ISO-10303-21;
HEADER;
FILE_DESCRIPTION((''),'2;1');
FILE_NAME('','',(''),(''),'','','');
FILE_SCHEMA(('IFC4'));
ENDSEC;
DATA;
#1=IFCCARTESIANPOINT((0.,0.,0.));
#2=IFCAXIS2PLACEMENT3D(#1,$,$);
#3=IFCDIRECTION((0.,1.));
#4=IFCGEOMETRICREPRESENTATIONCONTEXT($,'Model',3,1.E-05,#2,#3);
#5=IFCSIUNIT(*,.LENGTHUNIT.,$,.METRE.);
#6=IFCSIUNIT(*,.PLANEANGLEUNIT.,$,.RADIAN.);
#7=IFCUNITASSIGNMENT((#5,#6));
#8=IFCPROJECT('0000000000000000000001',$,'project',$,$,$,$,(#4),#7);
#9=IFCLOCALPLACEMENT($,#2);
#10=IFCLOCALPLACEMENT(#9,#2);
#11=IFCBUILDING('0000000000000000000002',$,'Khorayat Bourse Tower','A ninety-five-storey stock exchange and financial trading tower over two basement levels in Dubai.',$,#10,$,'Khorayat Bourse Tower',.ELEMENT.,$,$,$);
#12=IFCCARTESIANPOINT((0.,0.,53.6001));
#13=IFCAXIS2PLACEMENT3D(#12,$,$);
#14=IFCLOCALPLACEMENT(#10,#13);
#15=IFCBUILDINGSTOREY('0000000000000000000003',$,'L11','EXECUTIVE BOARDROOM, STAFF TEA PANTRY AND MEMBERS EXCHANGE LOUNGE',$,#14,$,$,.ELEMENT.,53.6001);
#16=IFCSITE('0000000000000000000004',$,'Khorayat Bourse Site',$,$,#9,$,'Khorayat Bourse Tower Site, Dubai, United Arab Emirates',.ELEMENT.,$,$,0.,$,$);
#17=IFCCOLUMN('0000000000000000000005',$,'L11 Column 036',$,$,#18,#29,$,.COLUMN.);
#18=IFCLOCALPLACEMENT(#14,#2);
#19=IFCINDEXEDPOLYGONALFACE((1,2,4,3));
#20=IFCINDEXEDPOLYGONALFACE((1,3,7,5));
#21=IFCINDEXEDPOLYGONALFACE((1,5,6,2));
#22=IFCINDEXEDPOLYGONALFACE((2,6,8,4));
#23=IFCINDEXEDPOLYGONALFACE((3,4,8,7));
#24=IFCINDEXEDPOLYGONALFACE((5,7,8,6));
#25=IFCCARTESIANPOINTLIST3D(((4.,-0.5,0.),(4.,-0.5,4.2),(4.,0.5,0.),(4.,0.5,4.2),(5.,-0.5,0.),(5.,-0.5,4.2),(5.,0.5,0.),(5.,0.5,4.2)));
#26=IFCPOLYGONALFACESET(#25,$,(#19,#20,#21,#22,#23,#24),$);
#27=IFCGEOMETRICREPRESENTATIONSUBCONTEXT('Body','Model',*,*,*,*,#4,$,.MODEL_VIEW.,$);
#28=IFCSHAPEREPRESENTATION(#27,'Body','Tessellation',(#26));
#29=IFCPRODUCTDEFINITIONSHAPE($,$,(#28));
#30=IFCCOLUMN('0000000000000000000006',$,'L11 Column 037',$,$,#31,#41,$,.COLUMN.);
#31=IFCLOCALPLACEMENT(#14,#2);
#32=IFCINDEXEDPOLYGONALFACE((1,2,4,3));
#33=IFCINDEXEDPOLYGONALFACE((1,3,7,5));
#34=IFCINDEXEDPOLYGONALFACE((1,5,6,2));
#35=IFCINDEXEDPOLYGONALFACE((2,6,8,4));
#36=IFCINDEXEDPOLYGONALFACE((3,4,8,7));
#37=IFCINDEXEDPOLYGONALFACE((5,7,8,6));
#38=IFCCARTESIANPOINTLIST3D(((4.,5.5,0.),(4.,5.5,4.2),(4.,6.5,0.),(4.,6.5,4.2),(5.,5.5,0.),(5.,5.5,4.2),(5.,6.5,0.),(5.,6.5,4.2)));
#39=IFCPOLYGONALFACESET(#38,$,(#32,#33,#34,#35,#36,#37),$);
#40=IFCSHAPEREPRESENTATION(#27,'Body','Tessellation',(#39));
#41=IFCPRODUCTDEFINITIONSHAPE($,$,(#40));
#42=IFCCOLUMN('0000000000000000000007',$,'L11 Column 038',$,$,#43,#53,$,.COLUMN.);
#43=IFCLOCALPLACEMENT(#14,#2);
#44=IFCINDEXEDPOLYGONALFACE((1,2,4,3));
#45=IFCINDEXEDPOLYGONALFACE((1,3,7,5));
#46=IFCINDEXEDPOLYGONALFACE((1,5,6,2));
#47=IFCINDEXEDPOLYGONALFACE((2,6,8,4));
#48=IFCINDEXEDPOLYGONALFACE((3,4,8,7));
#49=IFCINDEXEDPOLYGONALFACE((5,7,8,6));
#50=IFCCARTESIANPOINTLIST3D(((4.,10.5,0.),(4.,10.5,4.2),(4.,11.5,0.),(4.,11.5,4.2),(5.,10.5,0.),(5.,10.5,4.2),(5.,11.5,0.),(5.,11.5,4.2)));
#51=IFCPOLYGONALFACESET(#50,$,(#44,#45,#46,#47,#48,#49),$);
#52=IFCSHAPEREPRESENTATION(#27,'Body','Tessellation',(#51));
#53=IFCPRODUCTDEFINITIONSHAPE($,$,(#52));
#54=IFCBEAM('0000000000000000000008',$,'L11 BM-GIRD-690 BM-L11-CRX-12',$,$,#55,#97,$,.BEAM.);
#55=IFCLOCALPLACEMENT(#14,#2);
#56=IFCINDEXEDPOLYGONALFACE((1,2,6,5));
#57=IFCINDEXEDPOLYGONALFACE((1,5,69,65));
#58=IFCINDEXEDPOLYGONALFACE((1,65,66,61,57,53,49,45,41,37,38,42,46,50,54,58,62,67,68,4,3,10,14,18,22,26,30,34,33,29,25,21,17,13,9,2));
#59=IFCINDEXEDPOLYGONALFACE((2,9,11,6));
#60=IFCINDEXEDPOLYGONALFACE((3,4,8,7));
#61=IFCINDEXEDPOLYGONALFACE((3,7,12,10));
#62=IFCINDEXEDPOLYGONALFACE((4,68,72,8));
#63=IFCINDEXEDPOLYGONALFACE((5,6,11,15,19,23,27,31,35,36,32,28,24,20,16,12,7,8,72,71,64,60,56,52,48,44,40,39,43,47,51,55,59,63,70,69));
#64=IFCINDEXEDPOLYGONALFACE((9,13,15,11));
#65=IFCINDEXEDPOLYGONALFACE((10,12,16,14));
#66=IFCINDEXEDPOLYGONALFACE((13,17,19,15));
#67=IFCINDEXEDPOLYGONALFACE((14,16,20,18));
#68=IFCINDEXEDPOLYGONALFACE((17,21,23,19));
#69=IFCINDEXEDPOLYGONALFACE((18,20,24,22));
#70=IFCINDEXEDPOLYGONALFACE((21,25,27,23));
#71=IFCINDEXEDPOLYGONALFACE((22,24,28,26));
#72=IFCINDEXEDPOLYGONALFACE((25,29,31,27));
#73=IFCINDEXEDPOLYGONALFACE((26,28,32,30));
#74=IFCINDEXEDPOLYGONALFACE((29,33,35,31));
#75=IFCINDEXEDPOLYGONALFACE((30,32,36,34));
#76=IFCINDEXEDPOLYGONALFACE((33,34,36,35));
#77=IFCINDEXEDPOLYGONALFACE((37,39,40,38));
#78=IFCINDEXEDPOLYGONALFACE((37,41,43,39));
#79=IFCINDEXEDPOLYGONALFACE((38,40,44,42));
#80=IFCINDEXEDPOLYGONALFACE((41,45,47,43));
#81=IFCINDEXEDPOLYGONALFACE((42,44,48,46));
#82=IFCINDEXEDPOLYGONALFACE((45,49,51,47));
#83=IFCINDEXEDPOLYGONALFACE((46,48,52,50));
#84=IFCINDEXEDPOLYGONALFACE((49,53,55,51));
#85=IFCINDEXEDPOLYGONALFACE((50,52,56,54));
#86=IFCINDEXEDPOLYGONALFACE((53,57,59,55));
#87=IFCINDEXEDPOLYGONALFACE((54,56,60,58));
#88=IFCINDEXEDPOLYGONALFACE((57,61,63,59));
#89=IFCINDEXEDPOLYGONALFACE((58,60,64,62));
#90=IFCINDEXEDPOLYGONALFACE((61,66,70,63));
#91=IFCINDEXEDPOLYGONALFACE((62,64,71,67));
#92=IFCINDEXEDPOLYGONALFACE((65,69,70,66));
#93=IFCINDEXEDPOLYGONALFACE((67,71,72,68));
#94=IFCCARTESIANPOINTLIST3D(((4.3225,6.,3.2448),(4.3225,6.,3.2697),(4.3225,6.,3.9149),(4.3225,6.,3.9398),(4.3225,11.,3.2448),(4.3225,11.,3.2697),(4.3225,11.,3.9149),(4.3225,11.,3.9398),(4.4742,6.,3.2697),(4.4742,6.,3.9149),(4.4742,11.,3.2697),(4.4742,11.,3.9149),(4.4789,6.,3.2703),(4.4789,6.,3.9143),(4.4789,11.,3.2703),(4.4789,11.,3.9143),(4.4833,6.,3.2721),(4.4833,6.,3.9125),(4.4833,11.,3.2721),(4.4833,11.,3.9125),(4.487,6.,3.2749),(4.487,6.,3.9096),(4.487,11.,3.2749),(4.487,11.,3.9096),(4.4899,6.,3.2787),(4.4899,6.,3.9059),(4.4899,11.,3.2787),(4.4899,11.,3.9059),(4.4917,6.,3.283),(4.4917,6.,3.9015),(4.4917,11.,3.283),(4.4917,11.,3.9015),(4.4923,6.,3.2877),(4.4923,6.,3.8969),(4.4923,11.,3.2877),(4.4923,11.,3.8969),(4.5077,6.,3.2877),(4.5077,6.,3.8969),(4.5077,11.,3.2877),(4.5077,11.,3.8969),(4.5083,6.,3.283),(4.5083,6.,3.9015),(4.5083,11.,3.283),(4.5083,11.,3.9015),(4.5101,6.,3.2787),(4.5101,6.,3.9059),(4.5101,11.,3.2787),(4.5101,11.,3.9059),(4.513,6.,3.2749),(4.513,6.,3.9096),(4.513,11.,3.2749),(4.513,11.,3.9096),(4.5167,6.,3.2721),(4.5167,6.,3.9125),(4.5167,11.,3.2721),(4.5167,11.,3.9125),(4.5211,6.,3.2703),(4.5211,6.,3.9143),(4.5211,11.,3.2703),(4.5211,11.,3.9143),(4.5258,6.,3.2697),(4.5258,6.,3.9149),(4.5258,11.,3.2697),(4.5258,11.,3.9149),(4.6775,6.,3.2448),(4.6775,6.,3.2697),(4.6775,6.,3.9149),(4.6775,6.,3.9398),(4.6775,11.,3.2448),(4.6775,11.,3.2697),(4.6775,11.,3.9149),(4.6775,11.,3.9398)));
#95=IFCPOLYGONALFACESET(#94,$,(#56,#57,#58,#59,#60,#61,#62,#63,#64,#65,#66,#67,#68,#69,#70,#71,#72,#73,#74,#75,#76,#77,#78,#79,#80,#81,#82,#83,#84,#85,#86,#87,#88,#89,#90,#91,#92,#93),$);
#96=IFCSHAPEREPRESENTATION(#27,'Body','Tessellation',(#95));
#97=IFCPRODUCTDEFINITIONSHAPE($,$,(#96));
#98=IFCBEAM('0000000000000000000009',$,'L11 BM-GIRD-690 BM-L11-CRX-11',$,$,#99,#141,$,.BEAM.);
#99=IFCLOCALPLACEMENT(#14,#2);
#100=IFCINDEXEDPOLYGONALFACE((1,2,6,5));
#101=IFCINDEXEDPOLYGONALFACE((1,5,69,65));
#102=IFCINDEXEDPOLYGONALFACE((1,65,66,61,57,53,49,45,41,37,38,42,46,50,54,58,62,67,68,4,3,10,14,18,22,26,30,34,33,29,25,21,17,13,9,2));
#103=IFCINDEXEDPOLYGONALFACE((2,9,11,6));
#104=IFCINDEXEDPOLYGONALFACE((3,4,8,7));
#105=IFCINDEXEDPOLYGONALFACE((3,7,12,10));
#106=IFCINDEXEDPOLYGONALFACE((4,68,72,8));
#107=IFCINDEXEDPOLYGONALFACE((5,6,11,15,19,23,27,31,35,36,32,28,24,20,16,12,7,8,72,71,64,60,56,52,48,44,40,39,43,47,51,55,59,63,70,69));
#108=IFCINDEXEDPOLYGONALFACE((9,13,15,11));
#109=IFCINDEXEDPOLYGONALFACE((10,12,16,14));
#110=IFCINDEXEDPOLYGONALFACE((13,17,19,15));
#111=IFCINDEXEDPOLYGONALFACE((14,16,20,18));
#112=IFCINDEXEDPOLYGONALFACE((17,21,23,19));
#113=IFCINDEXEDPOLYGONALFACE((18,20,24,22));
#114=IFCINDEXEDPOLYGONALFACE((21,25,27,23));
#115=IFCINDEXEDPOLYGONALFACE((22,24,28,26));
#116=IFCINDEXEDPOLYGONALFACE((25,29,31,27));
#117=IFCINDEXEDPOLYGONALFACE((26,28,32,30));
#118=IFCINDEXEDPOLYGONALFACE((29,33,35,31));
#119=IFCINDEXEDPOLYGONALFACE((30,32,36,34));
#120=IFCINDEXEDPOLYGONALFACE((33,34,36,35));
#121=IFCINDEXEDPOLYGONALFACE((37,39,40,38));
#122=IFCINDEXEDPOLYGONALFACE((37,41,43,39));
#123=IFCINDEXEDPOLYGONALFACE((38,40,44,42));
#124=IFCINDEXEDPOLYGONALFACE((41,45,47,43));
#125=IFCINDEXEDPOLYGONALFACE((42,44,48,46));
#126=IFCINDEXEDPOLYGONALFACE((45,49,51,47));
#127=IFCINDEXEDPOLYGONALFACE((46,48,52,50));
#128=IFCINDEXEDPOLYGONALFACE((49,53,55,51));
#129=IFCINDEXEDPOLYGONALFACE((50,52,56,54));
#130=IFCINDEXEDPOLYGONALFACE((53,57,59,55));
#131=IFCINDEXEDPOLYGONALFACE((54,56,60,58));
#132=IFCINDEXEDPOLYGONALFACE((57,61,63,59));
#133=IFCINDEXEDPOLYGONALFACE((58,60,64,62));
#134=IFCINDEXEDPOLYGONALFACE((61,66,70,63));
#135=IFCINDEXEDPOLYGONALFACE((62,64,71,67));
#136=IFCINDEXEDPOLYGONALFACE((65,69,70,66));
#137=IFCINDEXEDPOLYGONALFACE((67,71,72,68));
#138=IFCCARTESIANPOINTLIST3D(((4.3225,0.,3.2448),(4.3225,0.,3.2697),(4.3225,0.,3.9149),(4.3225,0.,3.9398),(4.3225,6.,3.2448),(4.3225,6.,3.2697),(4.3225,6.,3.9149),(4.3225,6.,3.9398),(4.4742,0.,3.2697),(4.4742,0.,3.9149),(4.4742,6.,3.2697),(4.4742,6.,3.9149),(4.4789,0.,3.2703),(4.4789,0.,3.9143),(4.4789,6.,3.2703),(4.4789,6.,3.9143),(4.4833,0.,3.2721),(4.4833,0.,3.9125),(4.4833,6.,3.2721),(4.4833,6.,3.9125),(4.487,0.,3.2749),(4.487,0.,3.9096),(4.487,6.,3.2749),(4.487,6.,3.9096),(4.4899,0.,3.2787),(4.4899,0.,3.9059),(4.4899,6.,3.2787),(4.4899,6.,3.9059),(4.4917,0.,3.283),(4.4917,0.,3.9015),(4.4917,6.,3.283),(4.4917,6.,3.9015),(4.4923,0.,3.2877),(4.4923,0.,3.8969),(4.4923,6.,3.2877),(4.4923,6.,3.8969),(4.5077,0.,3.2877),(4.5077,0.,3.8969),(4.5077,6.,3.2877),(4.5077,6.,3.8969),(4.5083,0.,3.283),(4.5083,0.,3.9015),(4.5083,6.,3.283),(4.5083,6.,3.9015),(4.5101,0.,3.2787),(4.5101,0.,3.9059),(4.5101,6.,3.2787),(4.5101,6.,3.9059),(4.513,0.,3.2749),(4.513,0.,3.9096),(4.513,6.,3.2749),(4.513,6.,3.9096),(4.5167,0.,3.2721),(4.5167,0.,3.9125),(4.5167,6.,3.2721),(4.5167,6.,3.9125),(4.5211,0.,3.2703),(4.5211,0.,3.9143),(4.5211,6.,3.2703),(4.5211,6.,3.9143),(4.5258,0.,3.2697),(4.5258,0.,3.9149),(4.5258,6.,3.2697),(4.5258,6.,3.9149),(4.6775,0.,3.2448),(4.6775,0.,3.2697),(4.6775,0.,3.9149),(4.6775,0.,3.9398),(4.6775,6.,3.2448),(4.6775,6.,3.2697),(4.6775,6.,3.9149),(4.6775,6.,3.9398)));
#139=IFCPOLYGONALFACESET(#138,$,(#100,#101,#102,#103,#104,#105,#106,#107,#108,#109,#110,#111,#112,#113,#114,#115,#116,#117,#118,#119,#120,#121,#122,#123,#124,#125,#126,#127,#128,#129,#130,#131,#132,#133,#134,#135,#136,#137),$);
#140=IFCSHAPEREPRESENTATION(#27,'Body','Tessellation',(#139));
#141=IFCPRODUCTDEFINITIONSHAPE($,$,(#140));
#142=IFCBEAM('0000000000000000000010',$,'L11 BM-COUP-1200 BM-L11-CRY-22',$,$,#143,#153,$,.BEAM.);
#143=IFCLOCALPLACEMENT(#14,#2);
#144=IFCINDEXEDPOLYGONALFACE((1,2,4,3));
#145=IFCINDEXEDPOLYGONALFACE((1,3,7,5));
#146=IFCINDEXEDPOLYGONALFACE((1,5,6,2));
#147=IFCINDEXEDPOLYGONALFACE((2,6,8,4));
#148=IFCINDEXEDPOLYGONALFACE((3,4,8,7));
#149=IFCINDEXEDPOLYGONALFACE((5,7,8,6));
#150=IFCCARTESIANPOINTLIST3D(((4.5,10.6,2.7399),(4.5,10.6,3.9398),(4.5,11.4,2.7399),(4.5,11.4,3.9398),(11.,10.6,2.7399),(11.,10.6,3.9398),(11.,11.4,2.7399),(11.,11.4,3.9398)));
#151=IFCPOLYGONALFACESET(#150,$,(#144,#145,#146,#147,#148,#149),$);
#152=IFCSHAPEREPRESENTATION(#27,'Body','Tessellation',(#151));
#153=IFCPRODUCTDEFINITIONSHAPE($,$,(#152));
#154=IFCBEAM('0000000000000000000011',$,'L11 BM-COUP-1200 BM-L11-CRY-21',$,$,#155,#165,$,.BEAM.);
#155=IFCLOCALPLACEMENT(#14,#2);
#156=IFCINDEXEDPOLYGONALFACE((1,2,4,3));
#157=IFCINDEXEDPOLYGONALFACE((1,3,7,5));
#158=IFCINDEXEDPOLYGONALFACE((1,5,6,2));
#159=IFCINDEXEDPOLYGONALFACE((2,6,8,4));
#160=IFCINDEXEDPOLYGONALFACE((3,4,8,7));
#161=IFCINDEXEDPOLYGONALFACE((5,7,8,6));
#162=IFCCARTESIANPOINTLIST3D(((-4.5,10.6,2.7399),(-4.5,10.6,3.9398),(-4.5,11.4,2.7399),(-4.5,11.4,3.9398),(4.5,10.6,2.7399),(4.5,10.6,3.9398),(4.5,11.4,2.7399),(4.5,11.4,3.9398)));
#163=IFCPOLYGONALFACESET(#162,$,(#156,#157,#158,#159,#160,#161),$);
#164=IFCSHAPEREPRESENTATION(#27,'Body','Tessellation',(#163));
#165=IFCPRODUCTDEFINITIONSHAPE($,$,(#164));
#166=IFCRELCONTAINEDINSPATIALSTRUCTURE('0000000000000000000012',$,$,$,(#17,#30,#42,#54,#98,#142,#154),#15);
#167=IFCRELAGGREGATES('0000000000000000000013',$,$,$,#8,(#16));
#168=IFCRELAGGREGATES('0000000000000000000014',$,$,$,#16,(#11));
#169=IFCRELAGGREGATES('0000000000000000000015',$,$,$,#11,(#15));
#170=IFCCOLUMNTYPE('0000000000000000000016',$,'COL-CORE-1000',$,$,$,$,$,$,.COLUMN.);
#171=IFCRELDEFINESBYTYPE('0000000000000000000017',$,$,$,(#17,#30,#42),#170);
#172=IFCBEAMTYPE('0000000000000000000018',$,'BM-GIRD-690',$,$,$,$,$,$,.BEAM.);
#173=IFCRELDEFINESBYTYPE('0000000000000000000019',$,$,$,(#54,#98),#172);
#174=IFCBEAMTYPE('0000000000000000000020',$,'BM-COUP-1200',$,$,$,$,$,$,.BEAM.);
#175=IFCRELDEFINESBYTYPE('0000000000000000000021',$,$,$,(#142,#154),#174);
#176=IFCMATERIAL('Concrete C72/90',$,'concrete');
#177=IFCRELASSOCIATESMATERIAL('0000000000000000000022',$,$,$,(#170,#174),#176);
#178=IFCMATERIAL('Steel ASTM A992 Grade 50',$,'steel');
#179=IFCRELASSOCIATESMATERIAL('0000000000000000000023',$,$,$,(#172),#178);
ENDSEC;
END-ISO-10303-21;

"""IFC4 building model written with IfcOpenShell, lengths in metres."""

from ifc_helpers import new_model, si_unit, direction, frame, origin, origin_2d, place, context, subcontext, project, spatial, rectangle, i_section, extrude, source, transform, mapped, material, material_profile, profile_set, type_object, element, save


model = new_model("IFC4")

# Units and contexts
model_context = context("Model", 3, precision=1e-05, world=origin(), true_north=direction((0.0, 1.0)))
body_context = subcontext(model_context, "Body", "Model", "MODEL_VIEW")
ifc_project = project(units=[si_unit("LENGTHUNIT", "METRE"), si_unit("PLANEANGLEUNIT", "RADIAN")], contexts=[model_context])

# Site, building, storey
site_placement = place(None, origin())
site = spatial("IfcSite", under=ifc_project, at=site_placement, Name="Khorayat Bourse Site", LongName="Khorayat Bourse Tower Site, Dubai, United Arab Emirates", CompositionType="ELEMENT", RefElevation=0.0)
building_placement = place(site_placement, origin())
building = spatial("IfcBuilding", under=site, at=building_placement, Name="Khorayat Bourse Tower", Description="A ninety-five-storey stock exchange and financial trading tower over two basement levels in Dubai.", LongName="Khorayat Bourse Tower", CompositionType="ELEMENT")
storey_placement = place(building_placement, frame((0.0, 0.0, 53.6001)))
storey = spatial("IfcBuildingStorey", under=building, at=storey_placement, Name="L11", Description="EXECUTIVE BOARDROOM, STAFF TEA PANTRY AND MEMBERS EXCHANGE LOUNGE", CompositionType="ELEMENT", Elevation=53.6001)

# Columns
ifc_material_1 = material(Name="Concrete C72/90", Category="concrete")
ifc_material_profile_1 = material_profile(ifc_material_1, rectangle(XDim=1.0, YDim=1.0, at=origin_2d()), Name="RC 1000x1000")
ifc_profile_set_1 = profile_set([ifc_material_profile_1], Name="Concrete C72/90")
column_type = type_object("IfcColumnType", Name="COL-CORE-1000", PredefinedType="COLUMN", material=ifc_profile_set_1)
shared_shape_1 = source(origin(), body_context, "Body", "SweptSolid", [
    extrude(rectangle(XDim=1.0, YDim=1.0, at=origin_2d()), origin(), (0.0, 0.0, 1.0), 4.2),
])
for number, where, z_axis, x_axis, name in (
    (1, (4.5, 0.0, 0.0), (0.0, 0.0, 1.0), (1.0, 0.0, 0.0), "L11 Column 036"),
    (2, (4.5, 6.0, 0.0), (0.0, 0.0, 1.0), (1.0, 0.0, 0.0), "L11 Column 037"),
    (3, (4.5, 11.0, 0.0), (0.0, 0.0, 1.0), (1.0, 0.0, 0.0), "L11 Column 038"),
):
    element("IfcColumn", number, at=place(storey_placement, frame(where, z_axis=z_axis, x_axis=x_axis)), inside=storey, type_object=column_type, Name=name, PredefinedType="COLUMN", context=body_context, shape_type="MappedRepresentation", body=[
        mapped(shared_shape_1, transform((0.0, 0.0, 0.0), scale=1.0)),
    ])

# Beams
ifc_material_2 = material(Name="Steel ASTM A992 Grade 50", Category="steel")
ifc_material_profile_2 = material_profile(ifc_material_2, i_section(OverallWidth=0.355, OverallDepth=0.6951, WebThickness=0.0154, FlangeThickness=0.0249, FilletRadius=0.0181, at=origin_2d()), Name="W690X217")
ifc_profile_set_2 = profile_set([ifc_material_profile_2], Name="Steel ASTM A992 Grade 50")
beam_type_1 = type_object("IfcBeamType", Name="BM-GIRD-690", PredefinedType="BEAM", material=ifc_profile_set_2)
shared_shape_2 = source(origin(), body_context, "Body", "SweptSolid", [
    extrude(i_section(OverallWidth=0.355, OverallDepth=0.6951, WebThickness=0.0154, FlangeThickness=0.0249, FilletRadius=0.0181, at=origin_2d()), origin(), (0.0, 0.0, 1.0), 5.0),
])
beam_1_placement = place(storey_placement, frame((4.5, 6.0, 3.5923), z_axis=(0.0, 1.0, 0.0), x_axis=(-1.0, 0.0, 0.0)))
element("IfcBeam", 4, at=beam_1_placement, inside=storey, type_object=beam_type_1, Name="L11 BM-GIRD-690 BM-L11-CRX-12", PredefinedType="BEAM", context=body_context, shape_type="MappedRepresentation", body=[
    mapped(shared_shape_2, transform((0.0, 0.0, 0.0), scale=1.0)),
])
shared_shape_3 = source(origin(), body_context, "Body", "SweptSolid", [
    extrude(i_section(OverallWidth=0.355, OverallDepth=0.6951, WebThickness=0.0154, FlangeThickness=0.0249, FilletRadius=0.0181, at=origin_2d()), origin(), (0.0, 0.0, 1.0), 6.0),
])
beam_2_placement = place(storey_placement, frame((4.5, 0.0, 3.5923), z_axis=(0.0, 1.0, 0.0), x_axis=(-1.0, 0.0, 0.0)))
element("IfcBeam", 5, at=beam_2_placement, inside=storey, type_object=beam_type_1, Name="L11 BM-GIRD-690 BM-L11-CRX-11", PredefinedType="BEAM", context=body_context, shape_type="MappedRepresentation", body=[
    mapped(shared_shape_3, transform((0.0, 0.0, 0.0), scale=1.0)),
])
ifc_material_profile_3 = material_profile(ifc_material_1, rectangle(XDim=0.8, YDim=1.2, at=origin_2d()), Name="RC 800x1200")
ifc_profile_set_3 = profile_set([ifc_material_profile_3], Name="Concrete C72/90")
beam_type_2 = type_object("IfcBeamType", Name="BM-COUP-1200", PredefinedType="BEAM", material=ifc_profile_set_3)
shared_shape_4 = source(origin(), body_context, "Body", "SweptSolid", [
    extrude(rectangle(XDim=0.8, YDim=1.2, at=origin_2d()), origin(), (0.0, 0.0, 1.0), 6.5),
])
beam_3_placement = place(storey_placement, frame((4.5, 11.0, 3.3398), z_axis=(1.0, 0.0, 0.0), x_axis=(0.0, 1.0, 0.0)))
element("IfcBeam", 6, at=beam_3_placement, inside=storey, type_object=beam_type_2, Name="L11 BM-COUP-1200 BM-L11-CRY-22", PredefinedType="BEAM", context=body_context, shape_type="MappedRepresentation", body=[
    mapped(shared_shape_4, transform((0.0, 0.0, 0.0), scale=1.0)),
])
shared_shape_5 = source(origin(), body_context, "Body", "SweptSolid", [
    extrude(rectangle(XDim=0.8, YDim=1.2, at=origin_2d()), origin(), (0.0, 0.0, 1.0), 9.0),
])
beam_4_placement = place(storey_placement, frame((-4.5, 11.0, 3.3398), z_axis=(1.0, 0.0, 0.0), x_axis=(0.0, 1.0, 0.0)))
element("IfcBeam", 7, at=beam_4_placement, inside=storey, type_object=beam_type_2, Name="L11 BM-COUP-1200 BM-L11-CRY-21", PredefinedType="BEAM", context=body_context, shape_type="MappedRepresentation", body=[
    mapped(shared_shape_5, transform((0.0, 0.0, 0.0), scale=1.0)),
])

save(model, "model.ifc")
